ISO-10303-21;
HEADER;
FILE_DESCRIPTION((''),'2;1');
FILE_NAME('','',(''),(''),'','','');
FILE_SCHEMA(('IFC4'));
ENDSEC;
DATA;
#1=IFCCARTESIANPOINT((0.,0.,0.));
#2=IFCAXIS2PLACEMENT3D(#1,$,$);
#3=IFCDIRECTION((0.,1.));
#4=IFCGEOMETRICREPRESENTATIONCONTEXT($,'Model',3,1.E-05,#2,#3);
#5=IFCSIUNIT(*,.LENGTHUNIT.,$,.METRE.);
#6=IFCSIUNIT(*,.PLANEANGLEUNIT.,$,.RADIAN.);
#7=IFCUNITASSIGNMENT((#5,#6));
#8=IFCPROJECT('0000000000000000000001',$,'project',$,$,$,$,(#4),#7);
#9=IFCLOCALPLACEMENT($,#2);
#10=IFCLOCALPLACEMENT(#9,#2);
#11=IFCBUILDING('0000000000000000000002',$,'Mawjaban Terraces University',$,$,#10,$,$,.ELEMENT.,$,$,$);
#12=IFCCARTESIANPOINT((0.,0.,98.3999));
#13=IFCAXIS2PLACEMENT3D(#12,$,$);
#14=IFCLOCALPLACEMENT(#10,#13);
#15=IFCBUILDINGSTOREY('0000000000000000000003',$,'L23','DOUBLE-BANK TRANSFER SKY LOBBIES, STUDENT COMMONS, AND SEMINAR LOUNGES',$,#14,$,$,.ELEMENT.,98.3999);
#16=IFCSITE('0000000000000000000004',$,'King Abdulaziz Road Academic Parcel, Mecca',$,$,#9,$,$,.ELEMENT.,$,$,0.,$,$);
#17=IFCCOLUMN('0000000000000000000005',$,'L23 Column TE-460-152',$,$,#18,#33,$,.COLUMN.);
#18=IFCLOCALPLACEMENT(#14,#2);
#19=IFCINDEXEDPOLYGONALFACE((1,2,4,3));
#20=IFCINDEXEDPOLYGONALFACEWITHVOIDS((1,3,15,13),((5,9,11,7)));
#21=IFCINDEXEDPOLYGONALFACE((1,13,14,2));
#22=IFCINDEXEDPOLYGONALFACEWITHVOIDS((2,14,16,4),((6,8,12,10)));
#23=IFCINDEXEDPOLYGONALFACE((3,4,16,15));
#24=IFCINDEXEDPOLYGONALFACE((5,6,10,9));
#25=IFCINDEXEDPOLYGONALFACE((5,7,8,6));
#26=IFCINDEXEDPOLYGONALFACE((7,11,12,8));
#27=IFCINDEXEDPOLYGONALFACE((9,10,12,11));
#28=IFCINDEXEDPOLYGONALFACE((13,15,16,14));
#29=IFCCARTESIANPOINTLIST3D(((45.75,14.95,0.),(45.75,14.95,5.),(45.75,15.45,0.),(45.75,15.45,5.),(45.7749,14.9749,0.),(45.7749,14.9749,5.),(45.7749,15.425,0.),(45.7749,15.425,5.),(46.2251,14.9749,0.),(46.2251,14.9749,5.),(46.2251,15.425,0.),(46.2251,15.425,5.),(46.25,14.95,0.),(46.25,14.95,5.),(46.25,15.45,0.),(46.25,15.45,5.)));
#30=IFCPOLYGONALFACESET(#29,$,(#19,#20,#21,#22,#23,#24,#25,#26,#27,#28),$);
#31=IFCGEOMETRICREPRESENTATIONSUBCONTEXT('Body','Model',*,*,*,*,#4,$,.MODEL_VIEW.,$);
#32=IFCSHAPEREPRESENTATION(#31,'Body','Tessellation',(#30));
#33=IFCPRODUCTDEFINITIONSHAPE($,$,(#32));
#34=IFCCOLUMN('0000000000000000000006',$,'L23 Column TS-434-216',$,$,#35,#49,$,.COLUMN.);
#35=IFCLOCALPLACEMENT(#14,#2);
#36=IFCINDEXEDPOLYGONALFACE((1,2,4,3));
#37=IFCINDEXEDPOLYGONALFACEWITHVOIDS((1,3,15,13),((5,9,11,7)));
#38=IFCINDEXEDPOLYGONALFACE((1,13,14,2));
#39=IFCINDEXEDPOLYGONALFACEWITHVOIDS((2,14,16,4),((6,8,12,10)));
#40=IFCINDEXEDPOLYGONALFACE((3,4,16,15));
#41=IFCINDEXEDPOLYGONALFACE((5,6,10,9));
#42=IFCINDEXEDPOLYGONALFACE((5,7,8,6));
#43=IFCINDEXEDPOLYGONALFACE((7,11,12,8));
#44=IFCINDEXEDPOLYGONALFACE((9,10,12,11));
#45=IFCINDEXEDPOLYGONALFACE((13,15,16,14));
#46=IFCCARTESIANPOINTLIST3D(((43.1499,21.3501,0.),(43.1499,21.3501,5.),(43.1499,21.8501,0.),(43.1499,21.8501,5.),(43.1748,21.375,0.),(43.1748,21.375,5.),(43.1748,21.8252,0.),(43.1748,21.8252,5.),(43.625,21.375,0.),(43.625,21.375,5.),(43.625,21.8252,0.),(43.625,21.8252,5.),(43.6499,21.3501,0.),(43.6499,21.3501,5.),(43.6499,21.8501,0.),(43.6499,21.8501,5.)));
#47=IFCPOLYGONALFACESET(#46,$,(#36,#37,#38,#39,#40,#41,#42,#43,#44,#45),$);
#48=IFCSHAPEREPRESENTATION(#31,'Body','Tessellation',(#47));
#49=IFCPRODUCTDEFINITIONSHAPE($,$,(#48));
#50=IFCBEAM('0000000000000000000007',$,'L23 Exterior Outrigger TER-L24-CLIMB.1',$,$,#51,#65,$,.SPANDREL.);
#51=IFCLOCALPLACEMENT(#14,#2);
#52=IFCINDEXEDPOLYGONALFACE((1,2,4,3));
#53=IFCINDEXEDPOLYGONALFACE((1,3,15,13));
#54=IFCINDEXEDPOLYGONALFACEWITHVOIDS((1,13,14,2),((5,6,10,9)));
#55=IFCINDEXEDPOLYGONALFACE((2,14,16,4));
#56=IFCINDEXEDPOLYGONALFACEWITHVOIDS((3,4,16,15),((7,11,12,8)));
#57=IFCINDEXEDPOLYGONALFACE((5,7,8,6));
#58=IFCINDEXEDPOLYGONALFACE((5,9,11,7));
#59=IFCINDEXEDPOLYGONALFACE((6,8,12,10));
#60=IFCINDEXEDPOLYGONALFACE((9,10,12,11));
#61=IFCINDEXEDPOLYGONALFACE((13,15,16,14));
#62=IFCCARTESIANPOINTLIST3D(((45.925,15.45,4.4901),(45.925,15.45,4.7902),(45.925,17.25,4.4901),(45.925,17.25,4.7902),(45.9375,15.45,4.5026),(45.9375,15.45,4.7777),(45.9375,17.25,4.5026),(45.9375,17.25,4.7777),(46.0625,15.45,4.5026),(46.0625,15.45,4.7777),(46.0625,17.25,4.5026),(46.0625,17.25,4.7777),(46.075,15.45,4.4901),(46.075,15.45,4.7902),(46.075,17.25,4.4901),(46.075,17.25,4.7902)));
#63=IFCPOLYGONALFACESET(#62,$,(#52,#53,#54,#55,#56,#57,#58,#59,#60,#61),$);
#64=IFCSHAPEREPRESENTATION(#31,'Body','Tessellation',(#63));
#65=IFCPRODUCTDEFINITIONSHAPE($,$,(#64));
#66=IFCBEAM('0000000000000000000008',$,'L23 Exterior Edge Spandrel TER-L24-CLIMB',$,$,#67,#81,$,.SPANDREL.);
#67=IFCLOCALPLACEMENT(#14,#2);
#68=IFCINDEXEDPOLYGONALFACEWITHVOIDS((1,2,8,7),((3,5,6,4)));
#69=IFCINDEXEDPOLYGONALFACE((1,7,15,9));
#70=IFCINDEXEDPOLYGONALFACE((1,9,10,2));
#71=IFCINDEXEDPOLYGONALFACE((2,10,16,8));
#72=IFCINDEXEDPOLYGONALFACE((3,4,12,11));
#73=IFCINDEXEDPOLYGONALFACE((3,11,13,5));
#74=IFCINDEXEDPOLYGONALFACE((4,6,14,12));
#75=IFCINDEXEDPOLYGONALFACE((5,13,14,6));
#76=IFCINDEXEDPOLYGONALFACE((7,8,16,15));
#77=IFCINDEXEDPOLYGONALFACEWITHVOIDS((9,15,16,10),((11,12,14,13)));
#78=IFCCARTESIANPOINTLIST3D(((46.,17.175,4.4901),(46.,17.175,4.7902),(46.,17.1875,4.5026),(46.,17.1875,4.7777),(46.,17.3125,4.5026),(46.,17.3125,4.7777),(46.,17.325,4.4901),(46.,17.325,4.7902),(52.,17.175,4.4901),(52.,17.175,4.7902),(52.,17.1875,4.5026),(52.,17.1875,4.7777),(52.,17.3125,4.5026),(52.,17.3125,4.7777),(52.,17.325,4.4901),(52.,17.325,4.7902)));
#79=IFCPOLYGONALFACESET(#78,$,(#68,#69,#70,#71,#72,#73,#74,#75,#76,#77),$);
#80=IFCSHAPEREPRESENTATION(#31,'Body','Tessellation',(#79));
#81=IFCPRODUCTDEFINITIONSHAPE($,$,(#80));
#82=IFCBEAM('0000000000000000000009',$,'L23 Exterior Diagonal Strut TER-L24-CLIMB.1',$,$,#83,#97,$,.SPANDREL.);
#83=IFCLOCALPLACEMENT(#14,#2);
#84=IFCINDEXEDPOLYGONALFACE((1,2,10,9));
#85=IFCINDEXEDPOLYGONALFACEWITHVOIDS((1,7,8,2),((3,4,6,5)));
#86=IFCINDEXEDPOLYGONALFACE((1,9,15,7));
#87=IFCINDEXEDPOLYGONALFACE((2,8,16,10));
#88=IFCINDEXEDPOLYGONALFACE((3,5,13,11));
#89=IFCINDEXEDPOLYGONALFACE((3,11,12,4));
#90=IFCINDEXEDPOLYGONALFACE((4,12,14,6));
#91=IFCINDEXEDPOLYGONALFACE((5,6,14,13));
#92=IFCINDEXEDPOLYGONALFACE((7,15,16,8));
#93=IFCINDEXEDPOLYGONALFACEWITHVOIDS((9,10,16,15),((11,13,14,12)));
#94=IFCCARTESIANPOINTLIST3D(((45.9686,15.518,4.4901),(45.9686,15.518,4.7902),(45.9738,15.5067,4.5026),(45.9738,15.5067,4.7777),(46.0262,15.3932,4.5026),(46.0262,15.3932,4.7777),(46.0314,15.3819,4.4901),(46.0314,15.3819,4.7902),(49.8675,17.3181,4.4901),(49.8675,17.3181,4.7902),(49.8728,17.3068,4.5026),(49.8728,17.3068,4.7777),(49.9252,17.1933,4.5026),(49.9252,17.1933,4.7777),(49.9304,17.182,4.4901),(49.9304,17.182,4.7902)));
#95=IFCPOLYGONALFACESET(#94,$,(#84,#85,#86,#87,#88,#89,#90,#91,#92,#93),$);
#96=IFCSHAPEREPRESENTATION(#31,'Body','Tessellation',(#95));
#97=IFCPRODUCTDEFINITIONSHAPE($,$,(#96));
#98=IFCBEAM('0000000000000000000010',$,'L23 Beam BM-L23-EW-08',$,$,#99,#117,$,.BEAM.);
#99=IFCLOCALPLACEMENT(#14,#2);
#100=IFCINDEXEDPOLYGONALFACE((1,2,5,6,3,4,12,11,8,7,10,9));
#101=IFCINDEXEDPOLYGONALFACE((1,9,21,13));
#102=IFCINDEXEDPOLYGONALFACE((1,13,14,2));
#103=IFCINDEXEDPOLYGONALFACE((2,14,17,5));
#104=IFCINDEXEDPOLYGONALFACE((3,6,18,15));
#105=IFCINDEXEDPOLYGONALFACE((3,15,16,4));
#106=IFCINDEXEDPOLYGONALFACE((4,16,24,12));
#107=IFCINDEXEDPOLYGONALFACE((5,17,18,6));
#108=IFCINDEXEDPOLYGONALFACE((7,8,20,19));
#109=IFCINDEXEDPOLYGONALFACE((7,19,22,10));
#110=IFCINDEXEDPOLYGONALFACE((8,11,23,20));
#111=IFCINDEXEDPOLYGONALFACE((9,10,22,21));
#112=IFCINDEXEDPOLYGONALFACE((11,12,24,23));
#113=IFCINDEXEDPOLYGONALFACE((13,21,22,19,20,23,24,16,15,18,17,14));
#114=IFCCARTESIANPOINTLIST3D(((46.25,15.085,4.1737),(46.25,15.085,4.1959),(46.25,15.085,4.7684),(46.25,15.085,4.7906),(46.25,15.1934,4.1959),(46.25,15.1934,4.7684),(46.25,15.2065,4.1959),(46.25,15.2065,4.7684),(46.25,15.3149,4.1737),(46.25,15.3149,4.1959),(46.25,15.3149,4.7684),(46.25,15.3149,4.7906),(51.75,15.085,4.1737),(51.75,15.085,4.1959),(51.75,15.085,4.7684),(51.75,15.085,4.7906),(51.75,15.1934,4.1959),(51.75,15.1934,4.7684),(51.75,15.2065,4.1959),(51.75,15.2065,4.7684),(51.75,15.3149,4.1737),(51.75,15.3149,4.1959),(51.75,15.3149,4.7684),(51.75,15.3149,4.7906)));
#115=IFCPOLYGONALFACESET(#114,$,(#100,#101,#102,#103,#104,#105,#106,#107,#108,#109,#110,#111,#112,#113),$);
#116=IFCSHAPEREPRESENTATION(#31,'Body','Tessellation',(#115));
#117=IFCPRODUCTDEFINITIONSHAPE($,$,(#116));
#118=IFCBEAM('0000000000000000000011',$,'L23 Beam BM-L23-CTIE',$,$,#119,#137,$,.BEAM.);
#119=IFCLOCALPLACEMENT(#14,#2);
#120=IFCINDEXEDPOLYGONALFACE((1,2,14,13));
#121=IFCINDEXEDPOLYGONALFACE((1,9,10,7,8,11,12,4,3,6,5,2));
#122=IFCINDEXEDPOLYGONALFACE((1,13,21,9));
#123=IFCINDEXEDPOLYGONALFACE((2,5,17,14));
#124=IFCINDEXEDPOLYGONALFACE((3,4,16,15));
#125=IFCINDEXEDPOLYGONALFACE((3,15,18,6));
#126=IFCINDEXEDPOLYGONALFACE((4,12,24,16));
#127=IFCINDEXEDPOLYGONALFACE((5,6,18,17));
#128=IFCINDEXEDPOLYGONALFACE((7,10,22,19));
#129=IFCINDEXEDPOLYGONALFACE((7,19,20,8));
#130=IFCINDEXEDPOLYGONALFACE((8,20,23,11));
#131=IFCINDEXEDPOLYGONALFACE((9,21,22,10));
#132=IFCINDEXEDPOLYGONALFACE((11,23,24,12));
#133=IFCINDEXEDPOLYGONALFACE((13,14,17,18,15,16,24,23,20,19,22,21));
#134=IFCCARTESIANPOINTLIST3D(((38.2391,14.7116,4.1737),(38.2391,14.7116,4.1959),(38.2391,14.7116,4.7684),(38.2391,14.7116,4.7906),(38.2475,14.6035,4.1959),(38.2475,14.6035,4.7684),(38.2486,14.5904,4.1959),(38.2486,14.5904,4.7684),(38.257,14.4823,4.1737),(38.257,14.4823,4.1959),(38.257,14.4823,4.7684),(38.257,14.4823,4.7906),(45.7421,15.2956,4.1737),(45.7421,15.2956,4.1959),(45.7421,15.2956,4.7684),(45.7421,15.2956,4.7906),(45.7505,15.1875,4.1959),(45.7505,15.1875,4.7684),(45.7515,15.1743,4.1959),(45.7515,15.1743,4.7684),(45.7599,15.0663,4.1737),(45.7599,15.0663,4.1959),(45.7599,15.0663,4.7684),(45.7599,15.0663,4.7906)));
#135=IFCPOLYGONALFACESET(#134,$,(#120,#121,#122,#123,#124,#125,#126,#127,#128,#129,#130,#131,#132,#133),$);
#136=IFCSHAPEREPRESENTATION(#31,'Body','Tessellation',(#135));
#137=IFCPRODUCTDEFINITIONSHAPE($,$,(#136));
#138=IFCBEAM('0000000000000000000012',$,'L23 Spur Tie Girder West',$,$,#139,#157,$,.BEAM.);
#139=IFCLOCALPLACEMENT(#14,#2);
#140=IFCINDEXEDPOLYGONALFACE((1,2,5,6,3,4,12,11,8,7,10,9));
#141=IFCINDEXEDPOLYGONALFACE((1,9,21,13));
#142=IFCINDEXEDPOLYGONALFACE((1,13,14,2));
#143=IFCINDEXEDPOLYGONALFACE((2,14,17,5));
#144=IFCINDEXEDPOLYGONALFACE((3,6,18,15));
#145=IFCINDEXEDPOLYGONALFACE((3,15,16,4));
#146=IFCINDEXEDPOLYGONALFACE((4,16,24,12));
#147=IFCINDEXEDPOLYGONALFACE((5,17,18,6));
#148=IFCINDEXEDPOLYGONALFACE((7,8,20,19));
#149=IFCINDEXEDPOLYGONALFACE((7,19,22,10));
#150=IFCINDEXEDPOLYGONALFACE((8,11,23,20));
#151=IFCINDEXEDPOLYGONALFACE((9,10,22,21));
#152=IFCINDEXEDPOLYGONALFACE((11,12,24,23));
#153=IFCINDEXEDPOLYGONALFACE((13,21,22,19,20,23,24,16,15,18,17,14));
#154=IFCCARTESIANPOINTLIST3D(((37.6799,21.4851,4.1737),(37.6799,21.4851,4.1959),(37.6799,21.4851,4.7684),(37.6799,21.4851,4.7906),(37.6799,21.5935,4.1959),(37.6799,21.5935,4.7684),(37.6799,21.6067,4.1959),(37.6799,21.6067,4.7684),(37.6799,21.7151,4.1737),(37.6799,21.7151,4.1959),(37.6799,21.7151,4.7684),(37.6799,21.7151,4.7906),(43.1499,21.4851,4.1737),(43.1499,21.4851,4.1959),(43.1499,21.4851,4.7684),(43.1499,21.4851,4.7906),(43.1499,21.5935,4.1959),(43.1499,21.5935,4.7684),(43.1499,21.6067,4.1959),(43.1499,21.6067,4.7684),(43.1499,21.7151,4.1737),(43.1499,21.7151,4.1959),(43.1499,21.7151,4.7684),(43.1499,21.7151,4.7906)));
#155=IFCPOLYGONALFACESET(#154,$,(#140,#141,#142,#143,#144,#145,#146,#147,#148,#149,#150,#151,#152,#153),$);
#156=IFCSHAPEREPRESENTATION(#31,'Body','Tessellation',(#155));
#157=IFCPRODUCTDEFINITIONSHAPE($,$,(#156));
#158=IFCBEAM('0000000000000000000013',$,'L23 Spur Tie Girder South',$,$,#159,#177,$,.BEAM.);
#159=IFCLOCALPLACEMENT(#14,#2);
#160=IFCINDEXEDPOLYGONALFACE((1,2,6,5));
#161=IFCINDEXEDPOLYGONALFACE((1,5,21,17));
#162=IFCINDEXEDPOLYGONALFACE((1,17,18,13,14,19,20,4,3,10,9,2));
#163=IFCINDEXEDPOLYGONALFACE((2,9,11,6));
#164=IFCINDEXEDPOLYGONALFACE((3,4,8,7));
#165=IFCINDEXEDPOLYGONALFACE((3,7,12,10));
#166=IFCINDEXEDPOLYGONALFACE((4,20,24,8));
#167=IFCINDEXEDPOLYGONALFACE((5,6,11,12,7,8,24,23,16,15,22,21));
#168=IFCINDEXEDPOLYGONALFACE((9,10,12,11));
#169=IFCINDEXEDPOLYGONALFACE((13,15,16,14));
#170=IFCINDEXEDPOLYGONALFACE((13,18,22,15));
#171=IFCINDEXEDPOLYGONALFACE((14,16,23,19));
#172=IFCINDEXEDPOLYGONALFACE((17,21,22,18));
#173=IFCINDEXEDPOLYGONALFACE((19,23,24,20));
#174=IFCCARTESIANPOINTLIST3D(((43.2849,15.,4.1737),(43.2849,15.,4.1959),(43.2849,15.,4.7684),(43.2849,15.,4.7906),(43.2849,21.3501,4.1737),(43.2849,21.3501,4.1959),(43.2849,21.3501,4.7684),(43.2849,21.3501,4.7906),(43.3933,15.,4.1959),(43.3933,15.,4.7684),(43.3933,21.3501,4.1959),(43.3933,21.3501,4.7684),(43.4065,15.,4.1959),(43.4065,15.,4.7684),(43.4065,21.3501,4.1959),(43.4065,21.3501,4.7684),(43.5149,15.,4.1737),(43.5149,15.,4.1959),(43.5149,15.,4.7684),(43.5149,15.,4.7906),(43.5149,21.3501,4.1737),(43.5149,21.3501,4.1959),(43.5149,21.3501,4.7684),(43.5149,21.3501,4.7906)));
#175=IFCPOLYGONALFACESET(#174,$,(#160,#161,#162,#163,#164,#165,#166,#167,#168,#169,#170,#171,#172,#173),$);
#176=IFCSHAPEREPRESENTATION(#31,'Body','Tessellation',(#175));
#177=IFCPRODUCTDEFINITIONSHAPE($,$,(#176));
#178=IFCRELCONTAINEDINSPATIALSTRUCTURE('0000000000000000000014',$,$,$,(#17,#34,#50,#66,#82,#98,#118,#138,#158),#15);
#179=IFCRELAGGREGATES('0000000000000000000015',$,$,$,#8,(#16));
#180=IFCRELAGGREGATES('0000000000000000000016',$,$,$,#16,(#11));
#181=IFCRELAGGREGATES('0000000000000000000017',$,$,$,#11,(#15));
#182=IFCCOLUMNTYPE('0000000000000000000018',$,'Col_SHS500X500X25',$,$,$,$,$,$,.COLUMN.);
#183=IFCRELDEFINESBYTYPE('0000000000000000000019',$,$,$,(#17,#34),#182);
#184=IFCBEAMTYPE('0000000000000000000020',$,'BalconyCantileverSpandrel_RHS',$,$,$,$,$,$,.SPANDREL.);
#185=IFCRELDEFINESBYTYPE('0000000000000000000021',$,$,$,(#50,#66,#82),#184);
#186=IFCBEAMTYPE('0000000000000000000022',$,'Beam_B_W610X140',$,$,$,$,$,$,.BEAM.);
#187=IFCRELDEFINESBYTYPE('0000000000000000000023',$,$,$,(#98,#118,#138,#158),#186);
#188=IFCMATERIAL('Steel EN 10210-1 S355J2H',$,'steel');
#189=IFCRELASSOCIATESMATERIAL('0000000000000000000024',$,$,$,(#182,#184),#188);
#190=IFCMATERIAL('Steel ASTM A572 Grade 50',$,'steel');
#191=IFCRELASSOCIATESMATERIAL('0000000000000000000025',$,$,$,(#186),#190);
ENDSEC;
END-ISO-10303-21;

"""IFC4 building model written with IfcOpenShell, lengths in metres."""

from ifc_helpers import new_model, si_unit, direction, frame, origin, origin_2d, place, context, subcontext, project, spatial, hollow_rectangle, i_section, extrude, material, material_profile, profile_set, type_object, element, save


model = new_model("IFC4")

# Units and contexts
model_context = context("Model", 3, precision=1e-05, world=origin(), true_north=direction((0.0, 1.0)))
body_context = subcontext(model_context, "Body", "Model", "MODEL_VIEW")
ifc_project = project(units=[si_unit("LENGTHUNIT", "METRE"), si_unit("PLANEANGLEUNIT", "RADIAN")], contexts=[model_context])

# Site, building, storey
site_placement = place(None, origin())
site = spatial("IfcSite", under=ifc_project, at=site_placement, Name="King Abdulaziz Road Academic Parcel, Mecca", CompositionType="ELEMENT", RefElevation=0.0)
building_placement = place(site_placement, origin())
building = spatial("IfcBuilding", under=site, at=building_placement, Name="Mawjaban Terraces University", CompositionType="ELEMENT")
storey_placement = place(building_placement, frame((0.0, 0.0, 98.3999)))
storey = spatial("IfcBuildingStorey", under=building, at=storey_placement, Name="L23", Description="DOUBLE-BANK TRANSFER SKY LOBBIES, STUDENT COMMONS, AND SEMINAR LOUNGES", CompositionType="ELEMENT", Elevation=98.3999)

# Columns
ifc_material_1 = material(Name="Steel EN 10210-1 S355J2H", Category="steel")
ifc_material_profile_1 = material_profile(ifc_material_1, hollow_rectangle(XDim=0.5, YDim=0.5, WallThickness=0.0249, at=origin_2d()), Name="SHS500X500X25")
ifc_profile_set_1 = profile_set([ifc_material_profile_1], Name="Steel EN 10210-1 S355J2H")
column_type = type_object("IfcColumnType", Name="Col_SHS500X500X25", PredefinedType="COLUMN", material=ifc_profile_set_1)
for number, where, z_axis, x_axis, name in (
    (1, (46.0, 15.2, 0.0), (0.0, 0.0, 1.0), (1.0, 0.0, 0.0), "L23 Column TE-460-152"),
    (2, (43.3999, 21.6001, 0.0), (0.0, 0.0, 1.0), (1.0, 0.0, 0.0), "L23 Column TS-434-216"),
):
    element("IfcColumn", number, at=place(storey_placement, frame(where, z_axis=z_axis, x_axis=x_axis)), inside=storey, type_object=column_type, Name=name, PredefinedType="COLUMN", context=body_context, shape_type="SweptSolid", body=[
        extrude(hollow_rectangle(XDim=0.5, YDim=0.5, WallThickness=0.0249, at=origin_2d()), origin(), (0.0, 0.0, 1.0), 5.0),
    ])

# Beams
ifc_material_profile_2 = material_profile(ifc_material_1, hollow_rectangle(XDim=0.1499, YDim=0.3, WallThickness=0.0125, at=origin_2d()), Name="RHS300X150X12.5")
ifc_profile_set_2 = profile_set([ifc_material_profile_2], Name="Steel EN 10210-1 S355J2H")
beam_type_1 = type_object("IfcBeamType", Name="BalconyCantileverSpandrel_RHS", PredefinedType="SPANDREL", material=ifc_profile_set_2)
beam_1_placement = place(storey_placement, frame((46.0, 15.45, 4.6401), z_axis=(0.0, 1.0, 0.0), x_axis=(-1.0, 0.0, 0.0)))
element("IfcBeam", 3, at=beam_1_placement, inside=storey, type_object=beam_type_1, Name="L23 Exterior Outrigger TER-L24-CLIMB.1", PredefinedType="SPANDREL", context=body_context, shape_type="SweptSolid", body=[
    extrude(hollow_rectangle(XDim=0.1499, YDim=0.3, WallThickness=0.0125, at=origin_2d()), origin(), (0.0, 0.0, 1.0), 1.8),
])
beam_2_placement = place(storey_placement, frame((46.0, 17.25, 4.6401), z_axis=(1.0, 0.0, 0.0), x_axis=(0.0, 1.0, 0.0)))
element("IfcBeam", 4, at=beam_2_placement, inside=storey, type_object=beam_type_1, Name="L23 Exterior Edge Spandrel TER-L24-CLIMB", PredefinedType="SPANDREL", context=body_context, shape_type="SweptSolid", body=[
    extrude(hollow_rectangle(XDim=0.1499, YDim=0.3, WallThickness=0.0125, at=origin_2d()), origin(), (0.0, 0.0, 1.0), 6.0),
])
beam_3_placement = place(storey_placement, frame((46.0, 15.45, 4.6401), z_axis=(0.907911, 0.419163, 0.0), x_axis=(-0.419163, 0.907911, 0.0)))
element("IfcBeam", 5, at=beam_3_placement, inside=storey, type_object=beam_type_1, Name="L23 Exterior Diagonal Strut TER-L24-CLIMB.1", PredefinedType="SPANDREL", context=body_context, shape_type="SweptSolid", body=[
    extrude(hollow_rectangle(XDim=0.1499, YDim=0.3, WallThickness=0.0125, at=origin_2d()), origin(), (0.0, 0.0, 1.0), 4.2944),
])
ifc_material_2 = material(Name="Steel ASTM A572 Grade 50", Category="steel")
ifc_material_profile_3 = material_profile(ifc_material_2, i_section(OverallWidth=0.23, OverallDepth=0.6169, WebThickness=0.0132, FlangeThickness=0.0222, at=origin_2d()), Name="W610X140")
ifc_profile_set_3 = profile_set([ifc_material_profile_3], Name="Steel ASTM A572 Grade 50")
beam_type_2 = type_object("IfcBeamType", Name="Beam_B_W610X140", PredefinedType="BEAM", material=ifc_profile_set_3)
beam_4_placement = place(storey_placement, frame((46.25, 15.2, 4.4822), z_axis=(1.0, 0.0, 0.0), x_axis=(0.0, 1.0, 0.0)))
element("IfcBeam", 6, at=beam_4_placement, inside=storey, type_object=beam_type_2, Name="L23 Beam BM-L23-EW-08", PredefinedType="BEAM", context=body_context, shape_type="SweptSolid", body=[
    extrude(i_section(OverallWidth=0.23, OverallDepth=0.6169, WebThickness=0.0132, FlangeThickness=0.0222, at=origin_2d()), origin(), (0.0, 0.0, 1.0), 5.5),
])
beam_5_placement = place(storey_placement, frame((38.248, 14.5969, 4.4822), z_axis=(0.996985, 0.077599, 0.0), x_axis=(-0.077599, 0.996985, 0.0)))
element("IfcBeam", 7, at=beam_5_placement, inside=storey, type_object=beam_type_2, Name="L23 Beam BM-L23-CTIE", PredefinedType="BEAM", context=body_context, shape_type="SweptSolid", body=[
    extrude(i_section(OverallWidth=0.23, OverallDepth=0.6169, WebThickness=0.0132, FlangeThickness=0.0222, at=origin_2d()), origin(), (0.0, 0.0, 1.0), 7.5256),
])
beam_6_placement = place(storey_placement, frame((37.6799, 21.6001, 4.4822), z_axis=(1.0, 0.0, 0.0), x_axis=(0.0, 1.0, 0.0)))
element("IfcBeam", 8, at=beam_6_placement, inside=storey, type_object=beam_type_2, Name="L23 Spur Tie Girder West", PredefinedType="BEAM", context=body_context, shape_type="SweptSolid", body=[
    extrude(i_section(OverallWidth=0.23, OverallDepth=0.6169, WebThickness=0.0132, FlangeThickness=0.0222, at=origin_2d()), origin(), (0.0, 0.0, 1.0), 5.47),
])
beam_7_placement = place(storey_placement, frame((43.3999, 15.0, 4.4822), z_axis=(0.0, 1.0, 0.0), x_axis=(-1.0, 0.0, 0.0)))
element("IfcBeam", 9, at=beam_7_placement, inside=storey, type_object=beam_type_2, Name="L23 Spur Tie Girder South", PredefinedType="BEAM", context=body_context, shape_type="SweptSolid", body=[
    extrude(i_section(OverallWidth=0.23, OverallDepth=0.6169, WebThickness=0.0132, FlangeThickness=0.0222, at=origin_2d()), origin(), (0.0, 0.0, 1.0), 6.3501),
])

save(model, "model.ifc")
